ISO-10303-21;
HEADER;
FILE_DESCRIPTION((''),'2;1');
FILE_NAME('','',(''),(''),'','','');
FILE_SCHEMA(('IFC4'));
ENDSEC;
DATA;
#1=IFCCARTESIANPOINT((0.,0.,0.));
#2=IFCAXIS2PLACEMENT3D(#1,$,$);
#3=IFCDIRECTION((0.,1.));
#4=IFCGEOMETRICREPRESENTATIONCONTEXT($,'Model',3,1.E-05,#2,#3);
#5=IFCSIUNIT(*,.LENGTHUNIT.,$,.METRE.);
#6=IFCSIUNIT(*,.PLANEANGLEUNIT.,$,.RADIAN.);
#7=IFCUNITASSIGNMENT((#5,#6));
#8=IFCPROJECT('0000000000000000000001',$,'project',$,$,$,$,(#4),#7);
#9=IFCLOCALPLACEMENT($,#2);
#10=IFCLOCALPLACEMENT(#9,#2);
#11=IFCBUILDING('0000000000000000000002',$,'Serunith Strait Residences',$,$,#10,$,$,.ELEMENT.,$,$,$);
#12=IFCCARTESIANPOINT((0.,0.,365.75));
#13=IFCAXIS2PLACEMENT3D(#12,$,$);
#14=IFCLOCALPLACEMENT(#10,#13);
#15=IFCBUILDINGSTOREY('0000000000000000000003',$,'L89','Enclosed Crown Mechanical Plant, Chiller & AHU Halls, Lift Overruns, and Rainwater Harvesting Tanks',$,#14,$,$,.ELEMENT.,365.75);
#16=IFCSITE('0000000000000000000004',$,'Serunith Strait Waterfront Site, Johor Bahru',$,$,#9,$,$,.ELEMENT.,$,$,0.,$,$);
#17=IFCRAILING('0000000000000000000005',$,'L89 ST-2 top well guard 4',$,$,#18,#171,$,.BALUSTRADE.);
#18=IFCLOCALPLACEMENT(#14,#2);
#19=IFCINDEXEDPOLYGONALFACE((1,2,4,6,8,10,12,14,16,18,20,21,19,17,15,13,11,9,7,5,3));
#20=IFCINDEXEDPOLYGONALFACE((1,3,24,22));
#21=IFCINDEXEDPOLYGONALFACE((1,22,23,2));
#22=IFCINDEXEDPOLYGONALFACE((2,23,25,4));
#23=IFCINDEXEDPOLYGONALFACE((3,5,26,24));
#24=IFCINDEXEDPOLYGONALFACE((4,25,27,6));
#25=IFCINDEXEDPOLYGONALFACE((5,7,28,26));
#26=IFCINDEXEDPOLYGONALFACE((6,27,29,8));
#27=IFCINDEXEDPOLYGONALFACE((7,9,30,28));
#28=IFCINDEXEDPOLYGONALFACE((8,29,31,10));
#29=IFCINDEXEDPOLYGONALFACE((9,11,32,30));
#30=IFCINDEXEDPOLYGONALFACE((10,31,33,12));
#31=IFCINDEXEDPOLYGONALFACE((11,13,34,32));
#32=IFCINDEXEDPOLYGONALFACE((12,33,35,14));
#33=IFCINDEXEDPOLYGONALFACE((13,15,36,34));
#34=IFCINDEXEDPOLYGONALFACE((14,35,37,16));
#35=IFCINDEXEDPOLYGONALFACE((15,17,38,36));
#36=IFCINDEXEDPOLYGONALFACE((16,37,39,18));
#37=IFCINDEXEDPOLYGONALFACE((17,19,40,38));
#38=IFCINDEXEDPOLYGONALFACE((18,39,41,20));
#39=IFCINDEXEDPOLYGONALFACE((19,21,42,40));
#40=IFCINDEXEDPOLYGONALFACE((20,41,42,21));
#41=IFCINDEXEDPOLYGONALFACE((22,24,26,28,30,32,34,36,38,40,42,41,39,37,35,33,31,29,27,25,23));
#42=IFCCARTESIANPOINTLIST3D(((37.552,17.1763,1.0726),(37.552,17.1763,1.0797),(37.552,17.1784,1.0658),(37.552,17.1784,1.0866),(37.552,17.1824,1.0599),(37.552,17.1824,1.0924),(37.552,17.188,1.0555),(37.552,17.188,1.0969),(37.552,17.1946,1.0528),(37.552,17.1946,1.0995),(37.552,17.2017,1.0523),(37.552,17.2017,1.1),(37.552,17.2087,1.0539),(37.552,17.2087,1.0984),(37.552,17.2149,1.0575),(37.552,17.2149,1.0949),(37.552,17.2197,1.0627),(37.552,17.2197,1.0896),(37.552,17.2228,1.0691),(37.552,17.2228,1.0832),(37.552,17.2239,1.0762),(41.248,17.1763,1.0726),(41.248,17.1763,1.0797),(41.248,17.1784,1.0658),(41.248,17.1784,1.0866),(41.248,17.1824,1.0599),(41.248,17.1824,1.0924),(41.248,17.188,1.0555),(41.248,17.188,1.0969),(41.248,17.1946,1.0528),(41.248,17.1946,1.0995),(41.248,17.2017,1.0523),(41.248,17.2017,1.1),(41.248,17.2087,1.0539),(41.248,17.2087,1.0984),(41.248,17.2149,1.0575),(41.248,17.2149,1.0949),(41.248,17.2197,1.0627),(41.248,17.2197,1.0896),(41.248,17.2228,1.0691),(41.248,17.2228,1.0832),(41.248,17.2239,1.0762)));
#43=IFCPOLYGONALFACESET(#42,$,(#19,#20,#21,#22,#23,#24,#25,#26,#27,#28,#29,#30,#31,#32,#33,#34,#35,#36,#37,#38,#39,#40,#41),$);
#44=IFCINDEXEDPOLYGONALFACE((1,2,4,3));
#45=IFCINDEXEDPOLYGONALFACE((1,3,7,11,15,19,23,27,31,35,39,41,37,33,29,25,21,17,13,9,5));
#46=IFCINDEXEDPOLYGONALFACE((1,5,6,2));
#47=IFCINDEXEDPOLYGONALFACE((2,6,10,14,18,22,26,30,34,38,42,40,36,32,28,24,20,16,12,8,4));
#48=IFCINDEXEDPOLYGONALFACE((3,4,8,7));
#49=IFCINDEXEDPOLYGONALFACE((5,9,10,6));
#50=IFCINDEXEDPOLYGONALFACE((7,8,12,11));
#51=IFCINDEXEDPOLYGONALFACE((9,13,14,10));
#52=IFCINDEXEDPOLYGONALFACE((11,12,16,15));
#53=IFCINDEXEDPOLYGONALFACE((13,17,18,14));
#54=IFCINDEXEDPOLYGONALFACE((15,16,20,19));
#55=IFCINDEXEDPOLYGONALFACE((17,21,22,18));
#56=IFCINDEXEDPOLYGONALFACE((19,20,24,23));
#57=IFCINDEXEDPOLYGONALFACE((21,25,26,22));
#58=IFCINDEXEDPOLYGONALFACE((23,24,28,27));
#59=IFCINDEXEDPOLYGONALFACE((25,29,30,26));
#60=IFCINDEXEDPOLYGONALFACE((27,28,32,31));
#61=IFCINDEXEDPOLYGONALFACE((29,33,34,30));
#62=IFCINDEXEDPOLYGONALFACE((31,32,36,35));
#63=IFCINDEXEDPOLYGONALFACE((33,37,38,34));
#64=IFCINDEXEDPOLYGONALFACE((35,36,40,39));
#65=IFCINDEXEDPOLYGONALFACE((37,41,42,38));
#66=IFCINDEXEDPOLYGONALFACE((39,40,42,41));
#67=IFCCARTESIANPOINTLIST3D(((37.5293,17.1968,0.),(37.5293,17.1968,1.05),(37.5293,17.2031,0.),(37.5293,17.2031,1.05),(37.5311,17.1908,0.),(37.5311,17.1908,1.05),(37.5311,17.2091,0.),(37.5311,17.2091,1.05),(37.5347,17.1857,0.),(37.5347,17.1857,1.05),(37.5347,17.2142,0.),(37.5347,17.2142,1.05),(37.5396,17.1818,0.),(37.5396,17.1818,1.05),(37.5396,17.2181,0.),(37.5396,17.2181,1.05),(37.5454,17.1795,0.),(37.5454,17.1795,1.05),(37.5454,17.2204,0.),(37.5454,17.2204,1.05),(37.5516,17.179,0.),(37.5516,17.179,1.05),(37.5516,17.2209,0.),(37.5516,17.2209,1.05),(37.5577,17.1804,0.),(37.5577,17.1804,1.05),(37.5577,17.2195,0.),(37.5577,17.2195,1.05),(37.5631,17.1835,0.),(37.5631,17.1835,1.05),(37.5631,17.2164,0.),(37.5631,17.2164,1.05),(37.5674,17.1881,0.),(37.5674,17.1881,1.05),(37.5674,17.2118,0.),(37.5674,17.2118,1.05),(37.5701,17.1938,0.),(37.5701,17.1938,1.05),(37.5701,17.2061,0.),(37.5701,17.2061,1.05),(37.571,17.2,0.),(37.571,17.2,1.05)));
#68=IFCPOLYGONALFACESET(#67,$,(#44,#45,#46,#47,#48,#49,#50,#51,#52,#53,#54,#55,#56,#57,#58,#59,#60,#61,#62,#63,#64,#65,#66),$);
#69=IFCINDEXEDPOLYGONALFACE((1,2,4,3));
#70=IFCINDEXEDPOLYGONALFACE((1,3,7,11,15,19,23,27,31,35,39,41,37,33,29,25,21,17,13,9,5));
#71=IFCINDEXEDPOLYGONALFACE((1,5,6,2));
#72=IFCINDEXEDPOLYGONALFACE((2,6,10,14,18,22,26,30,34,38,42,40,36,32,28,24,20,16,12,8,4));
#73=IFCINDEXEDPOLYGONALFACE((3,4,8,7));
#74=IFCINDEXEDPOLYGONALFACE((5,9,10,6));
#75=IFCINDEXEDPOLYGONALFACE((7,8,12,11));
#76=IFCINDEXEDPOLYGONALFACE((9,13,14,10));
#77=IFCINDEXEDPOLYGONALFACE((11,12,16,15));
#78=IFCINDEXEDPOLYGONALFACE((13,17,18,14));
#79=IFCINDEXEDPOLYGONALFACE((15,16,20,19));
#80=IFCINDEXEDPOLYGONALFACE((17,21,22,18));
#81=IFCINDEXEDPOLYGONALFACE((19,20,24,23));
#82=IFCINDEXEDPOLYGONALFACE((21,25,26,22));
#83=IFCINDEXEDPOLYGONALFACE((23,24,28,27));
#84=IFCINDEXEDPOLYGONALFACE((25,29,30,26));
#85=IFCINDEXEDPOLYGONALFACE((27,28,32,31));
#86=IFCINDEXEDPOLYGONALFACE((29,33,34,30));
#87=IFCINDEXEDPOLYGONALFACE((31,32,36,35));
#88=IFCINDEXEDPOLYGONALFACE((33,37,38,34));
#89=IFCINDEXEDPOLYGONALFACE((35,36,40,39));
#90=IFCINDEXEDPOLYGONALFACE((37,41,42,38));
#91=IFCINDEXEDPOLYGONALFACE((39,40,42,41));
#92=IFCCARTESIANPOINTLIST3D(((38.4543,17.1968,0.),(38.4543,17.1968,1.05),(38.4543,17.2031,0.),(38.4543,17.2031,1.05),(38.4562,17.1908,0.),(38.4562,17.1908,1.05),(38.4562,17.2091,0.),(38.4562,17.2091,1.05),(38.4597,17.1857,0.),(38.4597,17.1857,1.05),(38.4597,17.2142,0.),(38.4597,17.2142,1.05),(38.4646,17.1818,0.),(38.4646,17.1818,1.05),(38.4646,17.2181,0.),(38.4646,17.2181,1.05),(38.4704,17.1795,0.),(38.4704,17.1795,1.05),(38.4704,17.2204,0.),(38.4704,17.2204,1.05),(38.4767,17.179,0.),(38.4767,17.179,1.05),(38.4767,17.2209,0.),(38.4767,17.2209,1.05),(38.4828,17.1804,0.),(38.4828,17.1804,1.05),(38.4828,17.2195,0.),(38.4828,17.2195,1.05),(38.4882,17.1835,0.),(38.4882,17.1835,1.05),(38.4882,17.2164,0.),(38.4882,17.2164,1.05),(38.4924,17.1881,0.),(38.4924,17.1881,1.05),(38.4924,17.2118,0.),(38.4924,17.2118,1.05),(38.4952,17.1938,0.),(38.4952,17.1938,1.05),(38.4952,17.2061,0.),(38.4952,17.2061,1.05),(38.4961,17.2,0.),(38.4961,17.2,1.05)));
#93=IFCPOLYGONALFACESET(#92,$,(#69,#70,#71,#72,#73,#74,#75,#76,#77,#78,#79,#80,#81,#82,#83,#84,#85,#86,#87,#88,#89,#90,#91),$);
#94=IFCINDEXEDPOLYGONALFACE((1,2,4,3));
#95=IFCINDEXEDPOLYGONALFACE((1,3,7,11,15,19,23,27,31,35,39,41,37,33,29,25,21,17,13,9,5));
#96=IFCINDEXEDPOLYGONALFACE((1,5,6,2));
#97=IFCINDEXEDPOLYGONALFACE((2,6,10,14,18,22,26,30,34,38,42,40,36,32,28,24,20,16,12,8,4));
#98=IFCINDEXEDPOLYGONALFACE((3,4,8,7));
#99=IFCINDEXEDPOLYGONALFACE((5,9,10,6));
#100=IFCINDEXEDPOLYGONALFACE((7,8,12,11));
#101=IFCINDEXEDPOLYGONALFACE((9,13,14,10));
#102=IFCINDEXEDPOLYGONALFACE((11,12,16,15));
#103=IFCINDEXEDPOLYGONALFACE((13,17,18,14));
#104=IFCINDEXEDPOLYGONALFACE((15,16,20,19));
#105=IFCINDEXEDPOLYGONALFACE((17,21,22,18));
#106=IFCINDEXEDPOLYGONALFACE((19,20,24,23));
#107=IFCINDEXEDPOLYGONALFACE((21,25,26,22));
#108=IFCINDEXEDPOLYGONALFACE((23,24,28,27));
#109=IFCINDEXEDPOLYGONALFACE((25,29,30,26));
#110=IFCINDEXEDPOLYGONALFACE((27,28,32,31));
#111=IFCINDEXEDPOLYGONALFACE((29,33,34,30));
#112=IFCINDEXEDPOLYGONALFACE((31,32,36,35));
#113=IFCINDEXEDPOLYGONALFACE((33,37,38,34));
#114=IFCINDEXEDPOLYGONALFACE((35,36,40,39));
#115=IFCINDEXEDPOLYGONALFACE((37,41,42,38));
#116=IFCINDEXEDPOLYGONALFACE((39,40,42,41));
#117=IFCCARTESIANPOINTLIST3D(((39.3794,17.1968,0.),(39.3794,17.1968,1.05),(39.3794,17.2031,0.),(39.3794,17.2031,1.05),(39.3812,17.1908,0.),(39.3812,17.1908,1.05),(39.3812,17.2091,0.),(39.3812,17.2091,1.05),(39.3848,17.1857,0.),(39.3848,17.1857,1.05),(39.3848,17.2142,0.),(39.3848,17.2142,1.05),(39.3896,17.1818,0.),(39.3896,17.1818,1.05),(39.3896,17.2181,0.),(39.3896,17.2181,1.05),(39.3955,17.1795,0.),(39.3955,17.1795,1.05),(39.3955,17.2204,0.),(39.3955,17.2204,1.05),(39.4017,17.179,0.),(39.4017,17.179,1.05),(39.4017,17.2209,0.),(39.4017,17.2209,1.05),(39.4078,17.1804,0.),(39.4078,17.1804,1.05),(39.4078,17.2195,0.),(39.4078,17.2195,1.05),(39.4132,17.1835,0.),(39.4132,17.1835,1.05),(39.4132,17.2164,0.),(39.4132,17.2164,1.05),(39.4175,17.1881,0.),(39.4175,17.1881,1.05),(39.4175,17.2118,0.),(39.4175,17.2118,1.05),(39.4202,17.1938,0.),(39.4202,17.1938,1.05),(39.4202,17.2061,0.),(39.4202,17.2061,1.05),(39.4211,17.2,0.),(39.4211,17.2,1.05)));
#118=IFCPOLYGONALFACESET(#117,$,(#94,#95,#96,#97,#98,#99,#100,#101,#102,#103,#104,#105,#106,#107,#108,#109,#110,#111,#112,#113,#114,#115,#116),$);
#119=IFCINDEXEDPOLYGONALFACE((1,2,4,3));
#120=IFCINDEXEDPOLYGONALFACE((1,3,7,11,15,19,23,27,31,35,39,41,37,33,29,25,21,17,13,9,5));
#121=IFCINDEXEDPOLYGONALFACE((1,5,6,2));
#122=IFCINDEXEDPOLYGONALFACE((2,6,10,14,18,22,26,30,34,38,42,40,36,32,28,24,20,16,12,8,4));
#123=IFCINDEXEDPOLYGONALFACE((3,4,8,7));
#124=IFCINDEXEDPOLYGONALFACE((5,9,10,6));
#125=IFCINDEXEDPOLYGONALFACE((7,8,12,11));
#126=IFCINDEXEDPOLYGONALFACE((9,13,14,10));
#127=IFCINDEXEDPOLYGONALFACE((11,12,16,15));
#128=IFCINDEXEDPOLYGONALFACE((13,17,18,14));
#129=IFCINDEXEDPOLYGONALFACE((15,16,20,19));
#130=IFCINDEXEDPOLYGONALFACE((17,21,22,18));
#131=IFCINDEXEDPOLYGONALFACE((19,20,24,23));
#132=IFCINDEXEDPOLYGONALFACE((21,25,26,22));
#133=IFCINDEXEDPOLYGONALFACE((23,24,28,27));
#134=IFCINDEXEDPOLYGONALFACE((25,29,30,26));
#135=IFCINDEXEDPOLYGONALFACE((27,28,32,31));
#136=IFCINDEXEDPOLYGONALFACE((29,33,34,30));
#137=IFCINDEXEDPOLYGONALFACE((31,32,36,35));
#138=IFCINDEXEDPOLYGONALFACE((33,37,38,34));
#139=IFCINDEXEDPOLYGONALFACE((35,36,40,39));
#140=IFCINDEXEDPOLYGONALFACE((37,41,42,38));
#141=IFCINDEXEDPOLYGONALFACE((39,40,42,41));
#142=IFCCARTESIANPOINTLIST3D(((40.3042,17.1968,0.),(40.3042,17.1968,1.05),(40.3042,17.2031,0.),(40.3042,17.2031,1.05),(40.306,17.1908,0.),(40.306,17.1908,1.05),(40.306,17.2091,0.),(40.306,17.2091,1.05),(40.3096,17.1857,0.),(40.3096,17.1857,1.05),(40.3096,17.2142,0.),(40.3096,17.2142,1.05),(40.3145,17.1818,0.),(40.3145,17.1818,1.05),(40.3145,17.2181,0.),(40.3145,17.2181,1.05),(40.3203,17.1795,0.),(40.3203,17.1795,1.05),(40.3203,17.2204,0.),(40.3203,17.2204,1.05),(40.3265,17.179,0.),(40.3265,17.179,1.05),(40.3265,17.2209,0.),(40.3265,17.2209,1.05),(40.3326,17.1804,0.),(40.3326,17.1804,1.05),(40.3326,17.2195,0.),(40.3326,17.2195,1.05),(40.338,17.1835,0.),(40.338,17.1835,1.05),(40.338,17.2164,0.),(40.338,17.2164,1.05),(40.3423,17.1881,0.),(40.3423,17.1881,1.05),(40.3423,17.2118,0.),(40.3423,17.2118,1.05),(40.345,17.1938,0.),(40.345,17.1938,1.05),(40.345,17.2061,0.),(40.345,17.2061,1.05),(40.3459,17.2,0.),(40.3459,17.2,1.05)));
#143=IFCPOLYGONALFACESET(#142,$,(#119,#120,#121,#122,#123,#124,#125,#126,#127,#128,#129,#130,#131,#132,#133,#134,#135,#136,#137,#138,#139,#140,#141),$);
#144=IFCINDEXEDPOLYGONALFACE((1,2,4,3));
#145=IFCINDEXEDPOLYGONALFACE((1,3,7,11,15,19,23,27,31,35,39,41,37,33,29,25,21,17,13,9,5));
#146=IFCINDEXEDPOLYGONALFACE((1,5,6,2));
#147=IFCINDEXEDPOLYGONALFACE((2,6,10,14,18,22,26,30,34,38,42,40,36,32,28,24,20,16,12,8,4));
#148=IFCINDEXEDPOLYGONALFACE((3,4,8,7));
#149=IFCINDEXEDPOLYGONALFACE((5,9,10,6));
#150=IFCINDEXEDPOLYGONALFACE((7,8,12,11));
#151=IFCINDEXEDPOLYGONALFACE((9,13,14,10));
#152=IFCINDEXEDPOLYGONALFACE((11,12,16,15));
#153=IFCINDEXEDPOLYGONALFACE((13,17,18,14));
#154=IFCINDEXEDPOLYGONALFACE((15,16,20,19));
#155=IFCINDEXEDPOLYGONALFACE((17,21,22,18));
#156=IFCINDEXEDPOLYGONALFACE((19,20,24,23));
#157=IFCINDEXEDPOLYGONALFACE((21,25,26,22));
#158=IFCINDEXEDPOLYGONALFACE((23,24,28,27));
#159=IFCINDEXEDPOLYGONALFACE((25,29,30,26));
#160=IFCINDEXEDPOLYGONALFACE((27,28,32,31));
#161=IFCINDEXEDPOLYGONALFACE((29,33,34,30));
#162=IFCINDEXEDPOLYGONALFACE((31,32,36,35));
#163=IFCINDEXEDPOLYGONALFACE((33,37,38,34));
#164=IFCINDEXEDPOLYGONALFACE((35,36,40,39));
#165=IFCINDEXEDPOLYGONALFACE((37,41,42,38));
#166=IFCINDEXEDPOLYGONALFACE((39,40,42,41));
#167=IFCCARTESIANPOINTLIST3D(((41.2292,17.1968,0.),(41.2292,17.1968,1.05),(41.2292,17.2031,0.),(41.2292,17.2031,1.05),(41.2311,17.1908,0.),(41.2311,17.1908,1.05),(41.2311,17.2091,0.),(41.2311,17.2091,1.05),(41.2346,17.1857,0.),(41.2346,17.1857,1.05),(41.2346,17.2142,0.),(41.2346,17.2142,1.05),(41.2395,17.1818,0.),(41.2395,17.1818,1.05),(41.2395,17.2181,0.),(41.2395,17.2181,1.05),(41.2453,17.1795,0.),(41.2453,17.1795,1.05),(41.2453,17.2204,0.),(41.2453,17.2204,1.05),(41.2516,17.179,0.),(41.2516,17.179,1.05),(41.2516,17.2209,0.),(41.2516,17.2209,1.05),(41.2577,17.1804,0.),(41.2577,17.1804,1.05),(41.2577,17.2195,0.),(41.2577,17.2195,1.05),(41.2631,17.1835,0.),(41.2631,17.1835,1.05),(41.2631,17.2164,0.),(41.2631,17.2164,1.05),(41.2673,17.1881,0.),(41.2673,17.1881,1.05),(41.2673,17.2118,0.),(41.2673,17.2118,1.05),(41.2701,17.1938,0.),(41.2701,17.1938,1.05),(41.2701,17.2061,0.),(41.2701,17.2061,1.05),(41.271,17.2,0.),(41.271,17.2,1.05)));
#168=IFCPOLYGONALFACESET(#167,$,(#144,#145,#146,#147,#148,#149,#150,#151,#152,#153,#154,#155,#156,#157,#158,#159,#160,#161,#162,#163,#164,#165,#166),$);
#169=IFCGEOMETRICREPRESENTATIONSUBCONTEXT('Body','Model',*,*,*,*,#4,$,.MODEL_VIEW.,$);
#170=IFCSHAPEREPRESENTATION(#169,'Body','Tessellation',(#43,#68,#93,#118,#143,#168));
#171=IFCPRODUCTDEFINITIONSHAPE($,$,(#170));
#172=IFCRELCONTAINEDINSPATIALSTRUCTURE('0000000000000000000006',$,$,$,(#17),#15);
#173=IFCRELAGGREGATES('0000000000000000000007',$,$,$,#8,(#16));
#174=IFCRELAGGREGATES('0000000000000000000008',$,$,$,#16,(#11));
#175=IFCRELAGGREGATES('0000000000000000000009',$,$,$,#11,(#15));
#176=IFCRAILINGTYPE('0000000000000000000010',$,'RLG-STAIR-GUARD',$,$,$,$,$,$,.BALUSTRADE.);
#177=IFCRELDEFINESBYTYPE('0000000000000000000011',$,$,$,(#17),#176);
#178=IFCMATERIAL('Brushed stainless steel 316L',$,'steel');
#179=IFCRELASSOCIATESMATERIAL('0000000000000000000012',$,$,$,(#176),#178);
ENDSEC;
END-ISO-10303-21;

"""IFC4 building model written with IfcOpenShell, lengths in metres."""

from ifc_helpers import new_model, si_unit, direction, frame, origin, origin_2d, place, context, subcontext, project, spatial, circle, extrude, material, type_object, element, save


model = new_model("IFC4")

# Units and contexts
model_context = context("Model", 3, precision=1e-05, world=origin(), true_north=direction((0.0, 1.0)))
body_context = subcontext(model_context, "Body", "Model", "MODEL_VIEW")
ifc_project = project(units=[si_unit("LENGTHUNIT", "METRE"), si_unit("PLANEANGLEUNIT", "RADIAN")], contexts=[model_context])

# Site, building, storey
site_placement = place(None, origin())
site = spatial("IfcSite", under=ifc_project, at=site_placement, Name="Serunith Strait Waterfront Site, Johor Bahru", CompositionType="ELEMENT", RefElevation=0.0)
building_placement = place(site_placement, origin())
building = spatial("IfcBuilding", under=site, at=building_placement, Name="Serunith Strait Residences", CompositionType="ELEMENT")
storey_placement = place(building_placement, frame((0.0, 0.0, 365.75)))
storey = spatial("IfcBuildingStorey", under=building, at=storey_placement, Name="L89", Description="Enclosed Crown Mechanical Plant, Chiller & AHU Halls, Lift Overruns, and Rainwater Harvesting Tanks", CompositionType="ELEMENT", Elevation=365.75)

# Railing
ifc_material_1 = material(Name="Brushed stainless steel 316L", Category="steel")
railing_type = type_object("IfcRailingType", Name="RLG-STAIR-GUARD", PredefinedType="BALUSTRADE", material=ifc_material_1)
railing_1_placement = place(storey_placement, frame((37.55, 17.2, 0.0)))
element("IfcRailing", 1, at=railing_1_placement, inside=storey, type_object=railing_type, Name="L89 ST-2 top well guard 4", PredefinedType="BALUSTRADE", context=body_context, shape_type="SweptSolid", body=[
    extrude(circle(Radius=0.0239, at=origin_2d()), frame((0.002, 0.0, 1.0762), z_axis=(1.0, 0.0, 0.0), x_axis=(0.0, 1.0, 0.0)), (0.0, 0.0, 1.0), 3.696),
    extrude(circle(Radius=0.021, at=origin_2d()), origin(), (0.0, 0.0, 1.0), 1.05),
    extrude(circle(Radius=0.021, at=origin_2d()), frame((0.925, 0.0, 0.0)), (0.0, 0.0, 1.0), 1.05),
    extrude(circle(Radius=0.021, at=origin_2d()), frame((1.8501, 0.0, 0.0)), (0.0, 0.0, 1.0), 1.05),
    extrude(circle(Radius=0.021, at=origin_2d()), frame((2.7749, 0.0, 0.0)), (0.0, 0.0, 1.0), 1.05),
    extrude(circle(Radius=0.021, at=origin_2d()), frame((3.7, 0.0, 0.0)), (0.0, 0.0, 1.0), 1.05),
])

save(model, "model.ifc")
